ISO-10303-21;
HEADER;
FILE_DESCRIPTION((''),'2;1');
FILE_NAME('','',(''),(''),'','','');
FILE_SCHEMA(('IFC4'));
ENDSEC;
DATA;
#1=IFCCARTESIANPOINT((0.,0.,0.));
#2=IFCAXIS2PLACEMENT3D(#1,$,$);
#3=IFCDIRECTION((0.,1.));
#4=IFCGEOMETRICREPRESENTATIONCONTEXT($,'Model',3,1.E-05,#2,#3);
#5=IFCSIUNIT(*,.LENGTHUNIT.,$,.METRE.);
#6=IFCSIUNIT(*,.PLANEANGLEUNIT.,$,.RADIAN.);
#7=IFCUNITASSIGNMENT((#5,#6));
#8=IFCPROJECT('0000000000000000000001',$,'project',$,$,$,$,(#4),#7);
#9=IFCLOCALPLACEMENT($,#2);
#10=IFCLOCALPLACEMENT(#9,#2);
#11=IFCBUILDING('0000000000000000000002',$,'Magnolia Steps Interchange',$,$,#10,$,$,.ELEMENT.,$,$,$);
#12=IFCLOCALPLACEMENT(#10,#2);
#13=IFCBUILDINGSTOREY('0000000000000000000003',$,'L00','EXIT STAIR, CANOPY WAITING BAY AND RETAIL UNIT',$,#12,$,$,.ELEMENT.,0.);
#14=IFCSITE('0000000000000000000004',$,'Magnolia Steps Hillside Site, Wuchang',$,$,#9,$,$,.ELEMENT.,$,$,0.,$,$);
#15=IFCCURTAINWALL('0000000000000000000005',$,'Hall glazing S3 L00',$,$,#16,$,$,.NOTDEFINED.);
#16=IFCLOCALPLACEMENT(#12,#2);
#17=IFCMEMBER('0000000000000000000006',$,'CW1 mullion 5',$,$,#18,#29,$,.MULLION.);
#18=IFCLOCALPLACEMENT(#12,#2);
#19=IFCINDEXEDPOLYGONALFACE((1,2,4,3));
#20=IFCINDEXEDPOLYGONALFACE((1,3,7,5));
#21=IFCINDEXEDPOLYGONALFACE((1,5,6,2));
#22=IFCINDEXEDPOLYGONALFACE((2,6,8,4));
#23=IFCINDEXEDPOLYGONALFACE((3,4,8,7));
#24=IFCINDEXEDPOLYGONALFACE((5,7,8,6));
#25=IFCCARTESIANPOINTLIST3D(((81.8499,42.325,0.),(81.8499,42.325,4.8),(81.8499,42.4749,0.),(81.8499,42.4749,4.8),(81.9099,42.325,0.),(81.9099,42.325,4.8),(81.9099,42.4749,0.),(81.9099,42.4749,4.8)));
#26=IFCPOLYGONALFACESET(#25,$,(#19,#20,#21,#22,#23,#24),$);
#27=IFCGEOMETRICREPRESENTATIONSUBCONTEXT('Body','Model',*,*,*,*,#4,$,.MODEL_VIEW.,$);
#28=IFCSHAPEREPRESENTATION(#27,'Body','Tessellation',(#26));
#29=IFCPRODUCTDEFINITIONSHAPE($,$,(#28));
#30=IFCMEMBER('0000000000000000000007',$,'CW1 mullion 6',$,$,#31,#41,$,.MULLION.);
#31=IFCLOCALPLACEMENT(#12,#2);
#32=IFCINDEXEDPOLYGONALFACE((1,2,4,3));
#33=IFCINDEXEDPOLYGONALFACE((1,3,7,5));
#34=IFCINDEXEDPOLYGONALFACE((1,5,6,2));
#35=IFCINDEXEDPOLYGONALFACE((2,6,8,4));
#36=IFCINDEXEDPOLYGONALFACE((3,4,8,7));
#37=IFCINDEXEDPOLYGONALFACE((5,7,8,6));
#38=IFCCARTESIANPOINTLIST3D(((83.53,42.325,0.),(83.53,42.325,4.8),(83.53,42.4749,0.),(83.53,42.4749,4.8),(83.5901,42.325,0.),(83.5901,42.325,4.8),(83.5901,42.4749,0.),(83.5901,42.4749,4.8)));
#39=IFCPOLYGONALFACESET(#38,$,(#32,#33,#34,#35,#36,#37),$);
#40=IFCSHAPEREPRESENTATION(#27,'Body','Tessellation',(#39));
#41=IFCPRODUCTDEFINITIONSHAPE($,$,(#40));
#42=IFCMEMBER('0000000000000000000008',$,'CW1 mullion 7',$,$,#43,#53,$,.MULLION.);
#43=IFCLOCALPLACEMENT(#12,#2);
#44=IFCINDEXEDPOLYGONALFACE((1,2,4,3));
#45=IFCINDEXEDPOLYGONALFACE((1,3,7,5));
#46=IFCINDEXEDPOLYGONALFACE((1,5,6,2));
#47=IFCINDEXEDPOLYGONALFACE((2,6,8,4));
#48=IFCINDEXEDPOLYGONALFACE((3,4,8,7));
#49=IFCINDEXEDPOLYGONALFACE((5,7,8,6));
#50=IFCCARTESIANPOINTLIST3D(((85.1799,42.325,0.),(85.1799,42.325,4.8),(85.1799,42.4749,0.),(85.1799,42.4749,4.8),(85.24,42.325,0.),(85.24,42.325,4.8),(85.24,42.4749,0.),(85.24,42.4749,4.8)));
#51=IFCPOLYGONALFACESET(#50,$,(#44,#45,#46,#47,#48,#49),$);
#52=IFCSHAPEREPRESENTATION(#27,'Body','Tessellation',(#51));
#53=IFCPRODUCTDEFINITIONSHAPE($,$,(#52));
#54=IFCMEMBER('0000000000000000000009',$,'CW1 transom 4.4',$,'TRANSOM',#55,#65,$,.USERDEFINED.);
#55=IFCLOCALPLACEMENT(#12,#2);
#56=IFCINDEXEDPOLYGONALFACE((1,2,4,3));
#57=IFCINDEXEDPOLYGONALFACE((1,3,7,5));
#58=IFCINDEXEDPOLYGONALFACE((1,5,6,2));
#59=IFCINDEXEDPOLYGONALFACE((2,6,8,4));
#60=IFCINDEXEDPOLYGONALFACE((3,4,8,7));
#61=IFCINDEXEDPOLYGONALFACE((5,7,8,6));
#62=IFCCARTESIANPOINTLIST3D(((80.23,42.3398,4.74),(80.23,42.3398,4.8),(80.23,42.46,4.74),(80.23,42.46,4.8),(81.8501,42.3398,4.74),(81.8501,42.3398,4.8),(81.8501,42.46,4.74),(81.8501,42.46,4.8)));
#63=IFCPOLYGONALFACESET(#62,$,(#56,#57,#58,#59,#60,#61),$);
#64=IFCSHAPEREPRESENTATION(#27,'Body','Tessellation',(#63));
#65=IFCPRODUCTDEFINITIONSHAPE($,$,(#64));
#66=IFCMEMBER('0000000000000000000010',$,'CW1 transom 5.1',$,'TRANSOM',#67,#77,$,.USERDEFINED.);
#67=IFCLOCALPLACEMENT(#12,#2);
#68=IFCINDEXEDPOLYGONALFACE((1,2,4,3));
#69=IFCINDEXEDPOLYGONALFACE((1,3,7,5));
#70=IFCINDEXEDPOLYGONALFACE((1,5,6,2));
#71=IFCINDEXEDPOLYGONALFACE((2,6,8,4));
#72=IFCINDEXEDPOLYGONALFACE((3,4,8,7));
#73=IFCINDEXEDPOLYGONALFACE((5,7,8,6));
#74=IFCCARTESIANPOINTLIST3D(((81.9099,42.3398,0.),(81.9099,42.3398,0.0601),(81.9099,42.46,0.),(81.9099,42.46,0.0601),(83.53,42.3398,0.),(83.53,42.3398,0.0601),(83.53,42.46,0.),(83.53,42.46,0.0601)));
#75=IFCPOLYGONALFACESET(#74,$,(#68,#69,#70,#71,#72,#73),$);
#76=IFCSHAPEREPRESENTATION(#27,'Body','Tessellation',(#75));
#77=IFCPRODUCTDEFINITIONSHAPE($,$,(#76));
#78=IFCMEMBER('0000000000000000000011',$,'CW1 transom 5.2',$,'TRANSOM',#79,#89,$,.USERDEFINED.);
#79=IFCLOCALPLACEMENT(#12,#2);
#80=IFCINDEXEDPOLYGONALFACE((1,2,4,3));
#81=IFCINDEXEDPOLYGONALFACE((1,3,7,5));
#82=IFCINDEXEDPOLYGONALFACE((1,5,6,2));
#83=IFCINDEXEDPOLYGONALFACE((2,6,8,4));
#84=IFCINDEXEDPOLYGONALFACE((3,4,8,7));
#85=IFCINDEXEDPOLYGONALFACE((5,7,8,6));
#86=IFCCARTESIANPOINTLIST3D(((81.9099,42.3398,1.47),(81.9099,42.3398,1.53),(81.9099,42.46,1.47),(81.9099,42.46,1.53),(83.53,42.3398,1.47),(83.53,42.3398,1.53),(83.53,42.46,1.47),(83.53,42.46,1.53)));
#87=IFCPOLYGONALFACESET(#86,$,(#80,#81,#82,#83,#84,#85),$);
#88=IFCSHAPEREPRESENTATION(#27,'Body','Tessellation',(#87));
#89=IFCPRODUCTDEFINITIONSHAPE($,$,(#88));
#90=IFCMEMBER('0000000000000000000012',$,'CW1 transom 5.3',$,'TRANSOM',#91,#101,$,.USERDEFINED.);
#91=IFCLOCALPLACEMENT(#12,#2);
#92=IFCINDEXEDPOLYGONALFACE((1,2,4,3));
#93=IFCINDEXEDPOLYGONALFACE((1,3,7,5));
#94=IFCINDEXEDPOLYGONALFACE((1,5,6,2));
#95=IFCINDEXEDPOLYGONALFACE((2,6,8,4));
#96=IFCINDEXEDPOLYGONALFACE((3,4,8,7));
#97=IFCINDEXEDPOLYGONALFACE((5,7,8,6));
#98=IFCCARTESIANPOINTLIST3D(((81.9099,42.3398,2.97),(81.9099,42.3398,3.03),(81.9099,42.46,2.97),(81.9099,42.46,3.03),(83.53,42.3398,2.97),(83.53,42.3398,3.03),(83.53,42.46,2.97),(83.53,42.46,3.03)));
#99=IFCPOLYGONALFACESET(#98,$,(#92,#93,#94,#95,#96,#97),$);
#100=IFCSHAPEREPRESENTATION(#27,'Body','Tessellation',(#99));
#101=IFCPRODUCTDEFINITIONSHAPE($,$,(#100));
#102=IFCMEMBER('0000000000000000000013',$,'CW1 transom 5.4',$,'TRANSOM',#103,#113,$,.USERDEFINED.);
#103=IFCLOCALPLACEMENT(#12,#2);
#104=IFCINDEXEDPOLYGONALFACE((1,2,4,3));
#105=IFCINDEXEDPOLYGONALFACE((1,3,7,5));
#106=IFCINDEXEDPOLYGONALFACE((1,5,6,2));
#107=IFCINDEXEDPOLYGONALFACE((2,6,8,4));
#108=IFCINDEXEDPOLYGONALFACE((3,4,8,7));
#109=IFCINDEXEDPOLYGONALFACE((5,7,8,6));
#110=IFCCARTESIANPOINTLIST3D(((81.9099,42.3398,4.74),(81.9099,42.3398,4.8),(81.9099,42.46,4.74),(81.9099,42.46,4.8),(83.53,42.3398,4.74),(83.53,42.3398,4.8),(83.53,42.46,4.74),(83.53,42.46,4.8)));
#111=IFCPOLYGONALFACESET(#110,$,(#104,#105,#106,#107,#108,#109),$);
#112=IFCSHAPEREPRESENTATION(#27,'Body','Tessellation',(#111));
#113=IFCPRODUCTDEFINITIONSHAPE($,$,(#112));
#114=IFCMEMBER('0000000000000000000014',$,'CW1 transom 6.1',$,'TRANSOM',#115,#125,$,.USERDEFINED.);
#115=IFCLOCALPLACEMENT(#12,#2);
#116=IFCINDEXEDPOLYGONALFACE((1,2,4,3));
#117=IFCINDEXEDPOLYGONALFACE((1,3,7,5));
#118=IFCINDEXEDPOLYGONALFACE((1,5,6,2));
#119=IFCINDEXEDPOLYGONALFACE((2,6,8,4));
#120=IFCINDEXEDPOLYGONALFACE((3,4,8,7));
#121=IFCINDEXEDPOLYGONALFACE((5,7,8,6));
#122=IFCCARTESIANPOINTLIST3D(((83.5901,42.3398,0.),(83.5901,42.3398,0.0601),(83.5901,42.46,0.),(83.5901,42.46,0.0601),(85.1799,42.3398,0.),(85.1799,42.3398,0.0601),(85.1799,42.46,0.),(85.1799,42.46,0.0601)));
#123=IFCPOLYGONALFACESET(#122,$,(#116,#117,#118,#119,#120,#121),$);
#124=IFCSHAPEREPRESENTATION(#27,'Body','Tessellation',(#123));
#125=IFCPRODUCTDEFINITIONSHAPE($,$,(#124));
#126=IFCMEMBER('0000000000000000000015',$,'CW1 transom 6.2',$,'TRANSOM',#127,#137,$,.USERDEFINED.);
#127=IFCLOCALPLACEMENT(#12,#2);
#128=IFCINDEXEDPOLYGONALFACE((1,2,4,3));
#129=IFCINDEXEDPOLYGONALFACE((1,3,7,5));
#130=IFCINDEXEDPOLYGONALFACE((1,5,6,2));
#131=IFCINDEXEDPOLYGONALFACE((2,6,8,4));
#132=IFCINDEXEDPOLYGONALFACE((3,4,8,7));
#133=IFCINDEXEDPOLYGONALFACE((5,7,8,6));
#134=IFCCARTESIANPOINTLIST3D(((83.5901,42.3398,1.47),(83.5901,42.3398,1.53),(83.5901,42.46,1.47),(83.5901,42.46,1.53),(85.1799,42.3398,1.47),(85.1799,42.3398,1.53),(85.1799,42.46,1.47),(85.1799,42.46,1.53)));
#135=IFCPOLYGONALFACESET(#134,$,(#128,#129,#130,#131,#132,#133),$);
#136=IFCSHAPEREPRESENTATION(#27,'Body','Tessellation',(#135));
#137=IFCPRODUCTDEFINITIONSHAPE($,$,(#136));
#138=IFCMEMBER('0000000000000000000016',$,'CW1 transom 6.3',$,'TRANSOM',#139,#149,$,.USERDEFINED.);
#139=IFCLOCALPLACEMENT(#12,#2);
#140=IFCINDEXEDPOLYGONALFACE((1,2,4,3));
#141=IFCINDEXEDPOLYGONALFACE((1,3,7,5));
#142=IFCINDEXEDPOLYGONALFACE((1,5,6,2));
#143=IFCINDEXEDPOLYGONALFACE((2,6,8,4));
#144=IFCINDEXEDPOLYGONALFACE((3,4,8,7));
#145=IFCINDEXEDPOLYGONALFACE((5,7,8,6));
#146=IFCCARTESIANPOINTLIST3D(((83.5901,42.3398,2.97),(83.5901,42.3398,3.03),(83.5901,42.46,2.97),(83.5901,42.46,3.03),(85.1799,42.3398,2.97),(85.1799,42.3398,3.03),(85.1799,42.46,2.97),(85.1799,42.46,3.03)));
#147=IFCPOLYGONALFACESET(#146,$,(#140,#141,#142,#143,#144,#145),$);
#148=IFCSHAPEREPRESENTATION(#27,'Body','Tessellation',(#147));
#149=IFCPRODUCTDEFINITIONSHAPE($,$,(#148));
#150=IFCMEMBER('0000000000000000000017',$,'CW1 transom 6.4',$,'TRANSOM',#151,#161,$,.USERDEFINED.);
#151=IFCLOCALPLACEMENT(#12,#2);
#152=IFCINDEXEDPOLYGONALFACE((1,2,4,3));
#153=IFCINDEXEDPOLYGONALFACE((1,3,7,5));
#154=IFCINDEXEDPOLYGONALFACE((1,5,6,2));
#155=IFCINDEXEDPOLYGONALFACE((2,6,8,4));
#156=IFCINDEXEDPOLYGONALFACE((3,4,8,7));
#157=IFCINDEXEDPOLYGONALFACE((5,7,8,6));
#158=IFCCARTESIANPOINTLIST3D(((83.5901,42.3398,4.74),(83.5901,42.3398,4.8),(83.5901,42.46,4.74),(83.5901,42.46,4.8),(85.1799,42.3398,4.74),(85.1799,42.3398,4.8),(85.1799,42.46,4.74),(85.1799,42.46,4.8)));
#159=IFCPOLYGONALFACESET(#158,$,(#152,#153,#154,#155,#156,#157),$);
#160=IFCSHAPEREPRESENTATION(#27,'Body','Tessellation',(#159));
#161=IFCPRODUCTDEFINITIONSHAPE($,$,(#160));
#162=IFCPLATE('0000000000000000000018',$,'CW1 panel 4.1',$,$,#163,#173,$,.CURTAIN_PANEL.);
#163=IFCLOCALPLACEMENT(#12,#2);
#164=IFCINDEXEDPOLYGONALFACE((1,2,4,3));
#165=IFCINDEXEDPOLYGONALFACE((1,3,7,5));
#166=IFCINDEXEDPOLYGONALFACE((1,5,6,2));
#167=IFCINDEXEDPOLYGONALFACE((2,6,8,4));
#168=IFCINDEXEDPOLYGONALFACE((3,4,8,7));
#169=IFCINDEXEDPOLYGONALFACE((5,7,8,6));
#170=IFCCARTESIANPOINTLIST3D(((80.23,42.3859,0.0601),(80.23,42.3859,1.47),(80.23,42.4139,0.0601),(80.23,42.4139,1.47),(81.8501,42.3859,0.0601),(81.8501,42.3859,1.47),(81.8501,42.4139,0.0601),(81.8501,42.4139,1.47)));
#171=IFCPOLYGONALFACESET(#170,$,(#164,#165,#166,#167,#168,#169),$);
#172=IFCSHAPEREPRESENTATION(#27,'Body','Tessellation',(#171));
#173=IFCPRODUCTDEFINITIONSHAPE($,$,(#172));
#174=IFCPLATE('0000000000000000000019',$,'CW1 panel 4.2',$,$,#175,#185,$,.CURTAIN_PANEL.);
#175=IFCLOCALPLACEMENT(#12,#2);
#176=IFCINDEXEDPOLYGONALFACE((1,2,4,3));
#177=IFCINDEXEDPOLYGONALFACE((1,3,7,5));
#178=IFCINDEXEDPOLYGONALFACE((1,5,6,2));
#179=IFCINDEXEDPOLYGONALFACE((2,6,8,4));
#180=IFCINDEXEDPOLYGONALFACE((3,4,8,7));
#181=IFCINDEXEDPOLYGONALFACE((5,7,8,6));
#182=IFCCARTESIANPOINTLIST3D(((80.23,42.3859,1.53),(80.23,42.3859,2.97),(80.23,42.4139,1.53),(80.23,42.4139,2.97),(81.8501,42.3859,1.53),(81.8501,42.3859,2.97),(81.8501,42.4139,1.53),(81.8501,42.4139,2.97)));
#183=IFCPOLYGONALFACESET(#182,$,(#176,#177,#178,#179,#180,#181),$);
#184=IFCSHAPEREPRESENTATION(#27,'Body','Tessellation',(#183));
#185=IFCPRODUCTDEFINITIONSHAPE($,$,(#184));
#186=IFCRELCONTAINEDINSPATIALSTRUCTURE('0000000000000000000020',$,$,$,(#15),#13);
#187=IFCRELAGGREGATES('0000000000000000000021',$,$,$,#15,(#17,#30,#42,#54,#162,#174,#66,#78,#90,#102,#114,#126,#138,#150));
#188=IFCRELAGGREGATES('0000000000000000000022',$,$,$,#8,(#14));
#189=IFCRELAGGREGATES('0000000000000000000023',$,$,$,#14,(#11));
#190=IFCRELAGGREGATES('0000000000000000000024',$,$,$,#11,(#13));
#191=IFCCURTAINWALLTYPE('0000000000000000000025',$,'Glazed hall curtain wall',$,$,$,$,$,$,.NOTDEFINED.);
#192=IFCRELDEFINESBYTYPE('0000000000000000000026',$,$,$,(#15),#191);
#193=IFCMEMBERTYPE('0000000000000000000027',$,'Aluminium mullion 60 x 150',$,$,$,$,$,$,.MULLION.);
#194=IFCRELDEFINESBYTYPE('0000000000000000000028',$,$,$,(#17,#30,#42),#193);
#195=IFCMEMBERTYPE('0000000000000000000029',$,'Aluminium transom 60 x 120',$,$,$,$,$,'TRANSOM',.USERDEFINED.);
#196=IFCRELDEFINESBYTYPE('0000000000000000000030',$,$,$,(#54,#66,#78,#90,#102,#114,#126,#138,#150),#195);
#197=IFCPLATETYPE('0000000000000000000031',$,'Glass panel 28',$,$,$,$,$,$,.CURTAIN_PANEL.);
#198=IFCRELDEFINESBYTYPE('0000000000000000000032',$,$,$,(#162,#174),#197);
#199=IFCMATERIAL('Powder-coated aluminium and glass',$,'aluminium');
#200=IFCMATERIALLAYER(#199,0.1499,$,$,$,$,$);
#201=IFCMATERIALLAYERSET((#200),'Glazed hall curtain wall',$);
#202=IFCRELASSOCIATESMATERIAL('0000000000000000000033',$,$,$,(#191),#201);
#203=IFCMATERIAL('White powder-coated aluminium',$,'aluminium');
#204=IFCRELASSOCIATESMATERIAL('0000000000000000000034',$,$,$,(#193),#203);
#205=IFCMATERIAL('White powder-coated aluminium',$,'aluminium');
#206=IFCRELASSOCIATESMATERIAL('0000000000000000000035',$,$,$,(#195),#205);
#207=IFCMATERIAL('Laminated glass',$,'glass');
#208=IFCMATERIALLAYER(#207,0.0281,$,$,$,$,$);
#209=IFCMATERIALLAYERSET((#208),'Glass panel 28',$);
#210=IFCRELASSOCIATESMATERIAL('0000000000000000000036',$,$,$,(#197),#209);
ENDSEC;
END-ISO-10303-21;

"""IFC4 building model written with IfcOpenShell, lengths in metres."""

from ifc_helpers import new_model, si_unit, direction, frame, origin, origin_2d, place, context, subcontext, project, spatial, rectangle, extrude, material, layer, layer_set, material_profile, profile_set, type_object, element, aggregate, save


model = new_model("IFC4")

# Units and contexts
model_context = context("Model", 3, precision=1e-05, world=origin(), true_north=direction((0.0, 1.0)))
body_context = subcontext(model_context, "Body", "Model", "MODEL_VIEW")
ifc_project = project(units=[si_unit("LENGTHUNIT", "METRE"), si_unit("PLANEANGLEUNIT", "RADIAN")], contexts=[model_context])

# Site, building, storey
site_placement = place(None, origin())
site = spatial("IfcSite", under=ifc_project, at=site_placement, Name="Magnolia Steps Hillside Site, Wuchang", CompositionType="ELEMENT", RefElevation=0.0)
building_placement = place(site_placement, origin())
building = spatial("IfcBuilding", under=site, at=building_placement, Name="Magnolia Steps Interchange", CompositionType="ELEMENT")
storey_placement = place(building_placement, origin())
storey = spatial("IfcBuildingStorey", under=building, at=storey_placement, Name="L00", Description="EXIT STAIR, CANOPY WAITING BAY AND RETAIL UNIT", CompositionType="ELEMENT", Elevation=0.0)

# Curtain wall, members, plates
ifc_material_1 = material(Name="Powder-coated aluminium and glass", Category="aluminium")
ifc_layer_1 = layer(ifc_material_1, 0.1499)
ifc_layer_set_1 = layer_set([ifc_layer_1], Name="Glazed hall curtain wall")
curtain_wall_type = type_object("IfcCurtainWallType", Name="Glazed hall curtain wall", PredefinedType="NOTDEFINED", material=ifc_layer_set_1)
curtain_wall_placement = place(storey_placement, origin())
curtain_wall = element("IfcCurtainWall", 1, at=curtain_wall_placement, inside=storey, type_object=curtain_wall_type, Name="Hall glazing S3 L00", PredefinedType="NOTDEFINED")
ifc_material_2 = material(Name="White powder-coated aluminium", Category="aluminium")
ifc_material_profile_1 = material_profile(ifc_material_2, rectangle(XDim=0.0601, YDim=0.1499, at=origin_2d()), Name="Aluminium mullion 60 x 150")
ifc_profile_set_1 = profile_set([ifc_material_profile_1], Name="White powder-coated aluminium")
member_type_1 = type_object("IfcMemberType", Name="Aluminium mullion 60 x 150", PredefinedType="MULLION", material=ifc_profile_set_1)
member_1_placement = place(storey_placement, frame((81.8799, 42.3999, 0.0), z_axis=(0.0, 0.0, 1.0), x_axis=(1.0, 0.0, 0.0)))
member_1 = element("IfcMember", 2, at=member_1_placement, type_object=member_type_1, Name="CW1 mullion 5", PredefinedType="MULLION", context=body_context, shape_type="SweptSolid", body=[
    extrude(rectangle(XDim=0.0601, YDim=0.1499, at=origin_2d()), origin(), (0.0, 0.0, 1.0), 4.8),
])
member_2_placement = place(storey_placement, frame((83.5601, 42.3999, 0.0), z_axis=(0.0, 0.0, 1.0), x_axis=(1.0, 0.0, 0.0)))
member_2 = element("IfcMember", 3, at=member_2_placement, type_object=member_type_1, Name="CW1 mullion 6", PredefinedType="MULLION", context=body_context, shape_type="SweptSolid", body=[
    extrude(rectangle(XDim=0.0601, YDim=0.1499, at=origin_2d()), origin(), (0.0, 0.0, 1.0), 4.8),
])
member_3_placement = place(storey_placement, frame((85.21, 42.3999, 0.0), z_axis=(0.0, 0.0, 1.0), x_axis=(1.0, 0.0, 0.0)))
member_3 = element("IfcMember", 4, at=member_3_placement, type_object=member_type_1, Name="CW1 mullion 7", PredefinedType="MULLION", context=body_context, shape_type="SweptSolid", body=[
    extrude(rectangle(XDim=0.0601, YDim=0.1499, at=origin_2d()), origin(), (0.0, 0.0, 1.0), 4.8),
])
ifc_material_3 = material(Name="White powder-coated aluminium", Category="aluminium")
ifc_material_profile_2 = material_profile(ifc_material_3, rectangle(XDim=0.0601, YDim=0.1201, at=origin_2d()), Name="Aluminium transom 60 x 120")
ifc_profile_set_2 = profile_set([ifc_material_profile_2], Name="White powder-coated aluminium")
member_type_2 = type_object("IfcMemberType", Name="Aluminium transom 60 x 120", ElementType="TRANSOM", PredefinedType="USERDEFINED", material=ifc_profile_set_2)
member_4_placement = place(storey_placement, frame((80.23, 42.3999, 4.77), z_axis=(1.0, 0.0, 0.0), x_axis=(0.0, 0.0, 1.0)))
member_4 = element("IfcMember", 5, at=member_4_placement, type_object=member_type_2, Name="CW1 transom 4.4", ObjectType="TRANSOM", PredefinedType="USERDEFINED", context=body_context, shape_type="SweptSolid", body=[
    extrude(rectangle(XDim=0.0601, YDim=0.1201, at=origin_2d()), origin(), (0.0, 0.0, 1.0), 1.6201),
])
member_5_placement = place(storey_placement, frame((81.9099, 42.3999, 0.03), z_axis=(1.0, 0.0, 0.0), x_axis=(0.0, 0.0, 1.0)))
member_5 = element("IfcMember", 6, at=member_5_placement, type_object=member_type_2, Name="CW1 transom 5.1", ObjectType="TRANSOM", PredefinedType="USERDEFINED", context=body_context, shape_type="SweptSolid", body=[
    extrude(rectangle(XDim=0.0601, YDim=0.1201, at=origin_2d()), origin(), (0.0, 0.0, 1.0), 1.6201),
])
member_6_placement = place(storey_placement, frame((81.9099, 42.3999, 1.5), z_axis=(1.0, 0.0, 0.0), x_axis=(0.0, 0.0, 1.0)))
member_6 = element("IfcMember", 7, at=member_6_placement, type_object=member_type_2, Name="CW1 transom 5.2", ObjectType="TRANSOM", PredefinedType="USERDEFINED", context=body_context, shape_type="SweptSolid", body=[
    extrude(rectangle(XDim=0.0601, YDim=0.1201, at=origin_2d()), origin(), (0.0, 0.0, 1.0), 1.6201),
])
member_7_placement = place(storey_placement, frame((81.9099, 42.3999, 3.0), z_axis=(1.0, 0.0, 0.0), x_axis=(0.0, 0.0, 1.0)))
member_7 = element("IfcMember", 8, at=member_7_placement, type_object=member_type_2, Name="CW1 transom 5.3", ObjectType="TRANSOM", PredefinedType="USERDEFINED", context=body_context, shape_type="SweptSolid", body=[
    extrude(rectangle(XDim=0.0601, YDim=0.1201, at=origin_2d()), origin(), (0.0, 0.0, 1.0), 1.6201),
])
member_8_placement = place(storey_placement, frame((81.9099, 42.3999, 4.77), z_axis=(1.0, 0.0, 0.0), x_axis=(0.0, 0.0, 1.0)))
member_8 = element("IfcMember", 9, at=member_8_placement, type_object=member_type_2, Name="CW1 transom 5.4", ObjectType="TRANSOM", PredefinedType="USERDEFINED", context=body_context, shape_type="SweptSolid", body=[
    extrude(rectangle(XDim=0.0601, YDim=0.1201, at=origin_2d()), origin(), (0.0, 0.0, 1.0), 1.6201),
])
member_9_placement = place(storey_placement, frame((83.5901, 42.3999, 0.03), z_axis=(1.0, 0.0, 0.0), x_axis=(0.0, 0.0, 1.0)))
member_9 = element("IfcMember", 10, at=member_9_placement, type_object=member_type_2, Name="CW1 transom 6.1", ObjectType="TRANSOM", PredefinedType="USERDEFINED", context=body_context, shape_type="SweptSolid", body=[
    extrude(rectangle(XDim=0.0601, YDim=0.1201, at=origin_2d()), origin(), (0.0, 0.0, 1.0), 1.5898),
])
member_10_placement = place(storey_placement, frame((83.5901, 42.3999, 1.5), z_axis=(1.0, 0.0, 0.0), x_axis=(0.0, 0.0, 1.0)))
member_10 = element("IfcMember", 11, at=member_10_placement, type_object=member_type_2, Name="CW1 transom 6.2", ObjectType="TRANSOM", PredefinedType="USERDEFINED", context=body_context, shape_type="SweptSolid", body=[
    extrude(rectangle(XDim=0.0601, YDim=0.1201, at=origin_2d()), origin(), (0.0, 0.0, 1.0), 1.5898),
])
member_11_placement = place(storey_placement, frame((83.5901, 42.3999, 3.0), z_axis=(1.0, 0.0, 0.0), x_axis=(0.0, 0.0, 1.0)))
member_11 = element("IfcMember", 12, at=member_11_placement, type_object=member_type_2, Name="CW1 transom 6.3", ObjectType="TRANSOM", PredefinedType="USERDEFINED", context=body_context, shape_type="SweptSolid", body=[
    extrude(rectangle(XDim=0.0601, YDim=0.1201, at=origin_2d()), origin(), (0.0, 0.0, 1.0), 1.5898),
])
member_12_placement = place(storey_placement, frame((83.5901, 42.3999, 4.77), z_axis=(1.0, 0.0, 0.0), x_axis=(0.0, 0.0, 1.0)))
member_12 = element("IfcMember", 13, at=member_12_placement, type_object=member_type_2, Name="CW1 transom 6.4", ObjectType="TRANSOM", PredefinedType="USERDEFINED", context=body_context, shape_type="SweptSolid", body=[
    extrude(rectangle(XDim=0.0601, YDim=0.1201, at=origin_2d()), origin(), (0.0, 0.0, 1.0), 1.5898),
])
ifc_material_4 = material(Name="Laminated glass", Category="glass")
ifc_layer_2 = layer(ifc_material_4, 0.0281)
ifc_layer_set_2 = layer_set([ifc_layer_2], Name="Glass panel 28")
plate_type = type_object("IfcPlateType", Name="Glass panel 28", PredefinedType="CURTAIN_PANEL", material=ifc_layer_set_2)
plate_1_placement = place(storey_placement, frame((81.04, 42.3999, 0.0601), z_axis=(0.0, 0.0, 1.0), x_axis=(1.0, 0.0, 0.0)))
plate_1 = element("IfcPlate", 14, at=plate_1_placement, type_object=plate_type, Name="CW1 panel 4.1", PredefinedType="CURTAIN_PANEL", context=body_context, shape_type="SweptSolid", body=[
    extrude(rectangle(XDim=1.6201, YDim=0.0281, at=origin_2d()), origin(), (0.0, 0.0, 1.0), 1.4099),
])
plate_2_placement = place(storey_placement, frame((81.04, 42.3999, 1.53), z_axis=(0.0, 0.0, 1.0), x_axis=(1.0, 0.0, 0.0)))
plate_2 = element("IfcPlate", 15, at=plate_2_placement, type_object=plate_type, Name="CW1 panel 4.2", PredefinedType="CURTAIN_PANEL", context=body_context, shape_type="SweptSolid", body=[
    extrude(rectangle(XDim=1.6201, YDim=0.0281, at=origin_2d()), origin(), (0.0, 0.0, 1.0), 1.4399),
])
aggregate(curtain_wall, [member_1, member_2, member_3, member_4, plate_1, plate_2, member_5, member_6, member_7, member_8, member_9, member_10, member_11, member_12])

save(model, "model.ifc")
